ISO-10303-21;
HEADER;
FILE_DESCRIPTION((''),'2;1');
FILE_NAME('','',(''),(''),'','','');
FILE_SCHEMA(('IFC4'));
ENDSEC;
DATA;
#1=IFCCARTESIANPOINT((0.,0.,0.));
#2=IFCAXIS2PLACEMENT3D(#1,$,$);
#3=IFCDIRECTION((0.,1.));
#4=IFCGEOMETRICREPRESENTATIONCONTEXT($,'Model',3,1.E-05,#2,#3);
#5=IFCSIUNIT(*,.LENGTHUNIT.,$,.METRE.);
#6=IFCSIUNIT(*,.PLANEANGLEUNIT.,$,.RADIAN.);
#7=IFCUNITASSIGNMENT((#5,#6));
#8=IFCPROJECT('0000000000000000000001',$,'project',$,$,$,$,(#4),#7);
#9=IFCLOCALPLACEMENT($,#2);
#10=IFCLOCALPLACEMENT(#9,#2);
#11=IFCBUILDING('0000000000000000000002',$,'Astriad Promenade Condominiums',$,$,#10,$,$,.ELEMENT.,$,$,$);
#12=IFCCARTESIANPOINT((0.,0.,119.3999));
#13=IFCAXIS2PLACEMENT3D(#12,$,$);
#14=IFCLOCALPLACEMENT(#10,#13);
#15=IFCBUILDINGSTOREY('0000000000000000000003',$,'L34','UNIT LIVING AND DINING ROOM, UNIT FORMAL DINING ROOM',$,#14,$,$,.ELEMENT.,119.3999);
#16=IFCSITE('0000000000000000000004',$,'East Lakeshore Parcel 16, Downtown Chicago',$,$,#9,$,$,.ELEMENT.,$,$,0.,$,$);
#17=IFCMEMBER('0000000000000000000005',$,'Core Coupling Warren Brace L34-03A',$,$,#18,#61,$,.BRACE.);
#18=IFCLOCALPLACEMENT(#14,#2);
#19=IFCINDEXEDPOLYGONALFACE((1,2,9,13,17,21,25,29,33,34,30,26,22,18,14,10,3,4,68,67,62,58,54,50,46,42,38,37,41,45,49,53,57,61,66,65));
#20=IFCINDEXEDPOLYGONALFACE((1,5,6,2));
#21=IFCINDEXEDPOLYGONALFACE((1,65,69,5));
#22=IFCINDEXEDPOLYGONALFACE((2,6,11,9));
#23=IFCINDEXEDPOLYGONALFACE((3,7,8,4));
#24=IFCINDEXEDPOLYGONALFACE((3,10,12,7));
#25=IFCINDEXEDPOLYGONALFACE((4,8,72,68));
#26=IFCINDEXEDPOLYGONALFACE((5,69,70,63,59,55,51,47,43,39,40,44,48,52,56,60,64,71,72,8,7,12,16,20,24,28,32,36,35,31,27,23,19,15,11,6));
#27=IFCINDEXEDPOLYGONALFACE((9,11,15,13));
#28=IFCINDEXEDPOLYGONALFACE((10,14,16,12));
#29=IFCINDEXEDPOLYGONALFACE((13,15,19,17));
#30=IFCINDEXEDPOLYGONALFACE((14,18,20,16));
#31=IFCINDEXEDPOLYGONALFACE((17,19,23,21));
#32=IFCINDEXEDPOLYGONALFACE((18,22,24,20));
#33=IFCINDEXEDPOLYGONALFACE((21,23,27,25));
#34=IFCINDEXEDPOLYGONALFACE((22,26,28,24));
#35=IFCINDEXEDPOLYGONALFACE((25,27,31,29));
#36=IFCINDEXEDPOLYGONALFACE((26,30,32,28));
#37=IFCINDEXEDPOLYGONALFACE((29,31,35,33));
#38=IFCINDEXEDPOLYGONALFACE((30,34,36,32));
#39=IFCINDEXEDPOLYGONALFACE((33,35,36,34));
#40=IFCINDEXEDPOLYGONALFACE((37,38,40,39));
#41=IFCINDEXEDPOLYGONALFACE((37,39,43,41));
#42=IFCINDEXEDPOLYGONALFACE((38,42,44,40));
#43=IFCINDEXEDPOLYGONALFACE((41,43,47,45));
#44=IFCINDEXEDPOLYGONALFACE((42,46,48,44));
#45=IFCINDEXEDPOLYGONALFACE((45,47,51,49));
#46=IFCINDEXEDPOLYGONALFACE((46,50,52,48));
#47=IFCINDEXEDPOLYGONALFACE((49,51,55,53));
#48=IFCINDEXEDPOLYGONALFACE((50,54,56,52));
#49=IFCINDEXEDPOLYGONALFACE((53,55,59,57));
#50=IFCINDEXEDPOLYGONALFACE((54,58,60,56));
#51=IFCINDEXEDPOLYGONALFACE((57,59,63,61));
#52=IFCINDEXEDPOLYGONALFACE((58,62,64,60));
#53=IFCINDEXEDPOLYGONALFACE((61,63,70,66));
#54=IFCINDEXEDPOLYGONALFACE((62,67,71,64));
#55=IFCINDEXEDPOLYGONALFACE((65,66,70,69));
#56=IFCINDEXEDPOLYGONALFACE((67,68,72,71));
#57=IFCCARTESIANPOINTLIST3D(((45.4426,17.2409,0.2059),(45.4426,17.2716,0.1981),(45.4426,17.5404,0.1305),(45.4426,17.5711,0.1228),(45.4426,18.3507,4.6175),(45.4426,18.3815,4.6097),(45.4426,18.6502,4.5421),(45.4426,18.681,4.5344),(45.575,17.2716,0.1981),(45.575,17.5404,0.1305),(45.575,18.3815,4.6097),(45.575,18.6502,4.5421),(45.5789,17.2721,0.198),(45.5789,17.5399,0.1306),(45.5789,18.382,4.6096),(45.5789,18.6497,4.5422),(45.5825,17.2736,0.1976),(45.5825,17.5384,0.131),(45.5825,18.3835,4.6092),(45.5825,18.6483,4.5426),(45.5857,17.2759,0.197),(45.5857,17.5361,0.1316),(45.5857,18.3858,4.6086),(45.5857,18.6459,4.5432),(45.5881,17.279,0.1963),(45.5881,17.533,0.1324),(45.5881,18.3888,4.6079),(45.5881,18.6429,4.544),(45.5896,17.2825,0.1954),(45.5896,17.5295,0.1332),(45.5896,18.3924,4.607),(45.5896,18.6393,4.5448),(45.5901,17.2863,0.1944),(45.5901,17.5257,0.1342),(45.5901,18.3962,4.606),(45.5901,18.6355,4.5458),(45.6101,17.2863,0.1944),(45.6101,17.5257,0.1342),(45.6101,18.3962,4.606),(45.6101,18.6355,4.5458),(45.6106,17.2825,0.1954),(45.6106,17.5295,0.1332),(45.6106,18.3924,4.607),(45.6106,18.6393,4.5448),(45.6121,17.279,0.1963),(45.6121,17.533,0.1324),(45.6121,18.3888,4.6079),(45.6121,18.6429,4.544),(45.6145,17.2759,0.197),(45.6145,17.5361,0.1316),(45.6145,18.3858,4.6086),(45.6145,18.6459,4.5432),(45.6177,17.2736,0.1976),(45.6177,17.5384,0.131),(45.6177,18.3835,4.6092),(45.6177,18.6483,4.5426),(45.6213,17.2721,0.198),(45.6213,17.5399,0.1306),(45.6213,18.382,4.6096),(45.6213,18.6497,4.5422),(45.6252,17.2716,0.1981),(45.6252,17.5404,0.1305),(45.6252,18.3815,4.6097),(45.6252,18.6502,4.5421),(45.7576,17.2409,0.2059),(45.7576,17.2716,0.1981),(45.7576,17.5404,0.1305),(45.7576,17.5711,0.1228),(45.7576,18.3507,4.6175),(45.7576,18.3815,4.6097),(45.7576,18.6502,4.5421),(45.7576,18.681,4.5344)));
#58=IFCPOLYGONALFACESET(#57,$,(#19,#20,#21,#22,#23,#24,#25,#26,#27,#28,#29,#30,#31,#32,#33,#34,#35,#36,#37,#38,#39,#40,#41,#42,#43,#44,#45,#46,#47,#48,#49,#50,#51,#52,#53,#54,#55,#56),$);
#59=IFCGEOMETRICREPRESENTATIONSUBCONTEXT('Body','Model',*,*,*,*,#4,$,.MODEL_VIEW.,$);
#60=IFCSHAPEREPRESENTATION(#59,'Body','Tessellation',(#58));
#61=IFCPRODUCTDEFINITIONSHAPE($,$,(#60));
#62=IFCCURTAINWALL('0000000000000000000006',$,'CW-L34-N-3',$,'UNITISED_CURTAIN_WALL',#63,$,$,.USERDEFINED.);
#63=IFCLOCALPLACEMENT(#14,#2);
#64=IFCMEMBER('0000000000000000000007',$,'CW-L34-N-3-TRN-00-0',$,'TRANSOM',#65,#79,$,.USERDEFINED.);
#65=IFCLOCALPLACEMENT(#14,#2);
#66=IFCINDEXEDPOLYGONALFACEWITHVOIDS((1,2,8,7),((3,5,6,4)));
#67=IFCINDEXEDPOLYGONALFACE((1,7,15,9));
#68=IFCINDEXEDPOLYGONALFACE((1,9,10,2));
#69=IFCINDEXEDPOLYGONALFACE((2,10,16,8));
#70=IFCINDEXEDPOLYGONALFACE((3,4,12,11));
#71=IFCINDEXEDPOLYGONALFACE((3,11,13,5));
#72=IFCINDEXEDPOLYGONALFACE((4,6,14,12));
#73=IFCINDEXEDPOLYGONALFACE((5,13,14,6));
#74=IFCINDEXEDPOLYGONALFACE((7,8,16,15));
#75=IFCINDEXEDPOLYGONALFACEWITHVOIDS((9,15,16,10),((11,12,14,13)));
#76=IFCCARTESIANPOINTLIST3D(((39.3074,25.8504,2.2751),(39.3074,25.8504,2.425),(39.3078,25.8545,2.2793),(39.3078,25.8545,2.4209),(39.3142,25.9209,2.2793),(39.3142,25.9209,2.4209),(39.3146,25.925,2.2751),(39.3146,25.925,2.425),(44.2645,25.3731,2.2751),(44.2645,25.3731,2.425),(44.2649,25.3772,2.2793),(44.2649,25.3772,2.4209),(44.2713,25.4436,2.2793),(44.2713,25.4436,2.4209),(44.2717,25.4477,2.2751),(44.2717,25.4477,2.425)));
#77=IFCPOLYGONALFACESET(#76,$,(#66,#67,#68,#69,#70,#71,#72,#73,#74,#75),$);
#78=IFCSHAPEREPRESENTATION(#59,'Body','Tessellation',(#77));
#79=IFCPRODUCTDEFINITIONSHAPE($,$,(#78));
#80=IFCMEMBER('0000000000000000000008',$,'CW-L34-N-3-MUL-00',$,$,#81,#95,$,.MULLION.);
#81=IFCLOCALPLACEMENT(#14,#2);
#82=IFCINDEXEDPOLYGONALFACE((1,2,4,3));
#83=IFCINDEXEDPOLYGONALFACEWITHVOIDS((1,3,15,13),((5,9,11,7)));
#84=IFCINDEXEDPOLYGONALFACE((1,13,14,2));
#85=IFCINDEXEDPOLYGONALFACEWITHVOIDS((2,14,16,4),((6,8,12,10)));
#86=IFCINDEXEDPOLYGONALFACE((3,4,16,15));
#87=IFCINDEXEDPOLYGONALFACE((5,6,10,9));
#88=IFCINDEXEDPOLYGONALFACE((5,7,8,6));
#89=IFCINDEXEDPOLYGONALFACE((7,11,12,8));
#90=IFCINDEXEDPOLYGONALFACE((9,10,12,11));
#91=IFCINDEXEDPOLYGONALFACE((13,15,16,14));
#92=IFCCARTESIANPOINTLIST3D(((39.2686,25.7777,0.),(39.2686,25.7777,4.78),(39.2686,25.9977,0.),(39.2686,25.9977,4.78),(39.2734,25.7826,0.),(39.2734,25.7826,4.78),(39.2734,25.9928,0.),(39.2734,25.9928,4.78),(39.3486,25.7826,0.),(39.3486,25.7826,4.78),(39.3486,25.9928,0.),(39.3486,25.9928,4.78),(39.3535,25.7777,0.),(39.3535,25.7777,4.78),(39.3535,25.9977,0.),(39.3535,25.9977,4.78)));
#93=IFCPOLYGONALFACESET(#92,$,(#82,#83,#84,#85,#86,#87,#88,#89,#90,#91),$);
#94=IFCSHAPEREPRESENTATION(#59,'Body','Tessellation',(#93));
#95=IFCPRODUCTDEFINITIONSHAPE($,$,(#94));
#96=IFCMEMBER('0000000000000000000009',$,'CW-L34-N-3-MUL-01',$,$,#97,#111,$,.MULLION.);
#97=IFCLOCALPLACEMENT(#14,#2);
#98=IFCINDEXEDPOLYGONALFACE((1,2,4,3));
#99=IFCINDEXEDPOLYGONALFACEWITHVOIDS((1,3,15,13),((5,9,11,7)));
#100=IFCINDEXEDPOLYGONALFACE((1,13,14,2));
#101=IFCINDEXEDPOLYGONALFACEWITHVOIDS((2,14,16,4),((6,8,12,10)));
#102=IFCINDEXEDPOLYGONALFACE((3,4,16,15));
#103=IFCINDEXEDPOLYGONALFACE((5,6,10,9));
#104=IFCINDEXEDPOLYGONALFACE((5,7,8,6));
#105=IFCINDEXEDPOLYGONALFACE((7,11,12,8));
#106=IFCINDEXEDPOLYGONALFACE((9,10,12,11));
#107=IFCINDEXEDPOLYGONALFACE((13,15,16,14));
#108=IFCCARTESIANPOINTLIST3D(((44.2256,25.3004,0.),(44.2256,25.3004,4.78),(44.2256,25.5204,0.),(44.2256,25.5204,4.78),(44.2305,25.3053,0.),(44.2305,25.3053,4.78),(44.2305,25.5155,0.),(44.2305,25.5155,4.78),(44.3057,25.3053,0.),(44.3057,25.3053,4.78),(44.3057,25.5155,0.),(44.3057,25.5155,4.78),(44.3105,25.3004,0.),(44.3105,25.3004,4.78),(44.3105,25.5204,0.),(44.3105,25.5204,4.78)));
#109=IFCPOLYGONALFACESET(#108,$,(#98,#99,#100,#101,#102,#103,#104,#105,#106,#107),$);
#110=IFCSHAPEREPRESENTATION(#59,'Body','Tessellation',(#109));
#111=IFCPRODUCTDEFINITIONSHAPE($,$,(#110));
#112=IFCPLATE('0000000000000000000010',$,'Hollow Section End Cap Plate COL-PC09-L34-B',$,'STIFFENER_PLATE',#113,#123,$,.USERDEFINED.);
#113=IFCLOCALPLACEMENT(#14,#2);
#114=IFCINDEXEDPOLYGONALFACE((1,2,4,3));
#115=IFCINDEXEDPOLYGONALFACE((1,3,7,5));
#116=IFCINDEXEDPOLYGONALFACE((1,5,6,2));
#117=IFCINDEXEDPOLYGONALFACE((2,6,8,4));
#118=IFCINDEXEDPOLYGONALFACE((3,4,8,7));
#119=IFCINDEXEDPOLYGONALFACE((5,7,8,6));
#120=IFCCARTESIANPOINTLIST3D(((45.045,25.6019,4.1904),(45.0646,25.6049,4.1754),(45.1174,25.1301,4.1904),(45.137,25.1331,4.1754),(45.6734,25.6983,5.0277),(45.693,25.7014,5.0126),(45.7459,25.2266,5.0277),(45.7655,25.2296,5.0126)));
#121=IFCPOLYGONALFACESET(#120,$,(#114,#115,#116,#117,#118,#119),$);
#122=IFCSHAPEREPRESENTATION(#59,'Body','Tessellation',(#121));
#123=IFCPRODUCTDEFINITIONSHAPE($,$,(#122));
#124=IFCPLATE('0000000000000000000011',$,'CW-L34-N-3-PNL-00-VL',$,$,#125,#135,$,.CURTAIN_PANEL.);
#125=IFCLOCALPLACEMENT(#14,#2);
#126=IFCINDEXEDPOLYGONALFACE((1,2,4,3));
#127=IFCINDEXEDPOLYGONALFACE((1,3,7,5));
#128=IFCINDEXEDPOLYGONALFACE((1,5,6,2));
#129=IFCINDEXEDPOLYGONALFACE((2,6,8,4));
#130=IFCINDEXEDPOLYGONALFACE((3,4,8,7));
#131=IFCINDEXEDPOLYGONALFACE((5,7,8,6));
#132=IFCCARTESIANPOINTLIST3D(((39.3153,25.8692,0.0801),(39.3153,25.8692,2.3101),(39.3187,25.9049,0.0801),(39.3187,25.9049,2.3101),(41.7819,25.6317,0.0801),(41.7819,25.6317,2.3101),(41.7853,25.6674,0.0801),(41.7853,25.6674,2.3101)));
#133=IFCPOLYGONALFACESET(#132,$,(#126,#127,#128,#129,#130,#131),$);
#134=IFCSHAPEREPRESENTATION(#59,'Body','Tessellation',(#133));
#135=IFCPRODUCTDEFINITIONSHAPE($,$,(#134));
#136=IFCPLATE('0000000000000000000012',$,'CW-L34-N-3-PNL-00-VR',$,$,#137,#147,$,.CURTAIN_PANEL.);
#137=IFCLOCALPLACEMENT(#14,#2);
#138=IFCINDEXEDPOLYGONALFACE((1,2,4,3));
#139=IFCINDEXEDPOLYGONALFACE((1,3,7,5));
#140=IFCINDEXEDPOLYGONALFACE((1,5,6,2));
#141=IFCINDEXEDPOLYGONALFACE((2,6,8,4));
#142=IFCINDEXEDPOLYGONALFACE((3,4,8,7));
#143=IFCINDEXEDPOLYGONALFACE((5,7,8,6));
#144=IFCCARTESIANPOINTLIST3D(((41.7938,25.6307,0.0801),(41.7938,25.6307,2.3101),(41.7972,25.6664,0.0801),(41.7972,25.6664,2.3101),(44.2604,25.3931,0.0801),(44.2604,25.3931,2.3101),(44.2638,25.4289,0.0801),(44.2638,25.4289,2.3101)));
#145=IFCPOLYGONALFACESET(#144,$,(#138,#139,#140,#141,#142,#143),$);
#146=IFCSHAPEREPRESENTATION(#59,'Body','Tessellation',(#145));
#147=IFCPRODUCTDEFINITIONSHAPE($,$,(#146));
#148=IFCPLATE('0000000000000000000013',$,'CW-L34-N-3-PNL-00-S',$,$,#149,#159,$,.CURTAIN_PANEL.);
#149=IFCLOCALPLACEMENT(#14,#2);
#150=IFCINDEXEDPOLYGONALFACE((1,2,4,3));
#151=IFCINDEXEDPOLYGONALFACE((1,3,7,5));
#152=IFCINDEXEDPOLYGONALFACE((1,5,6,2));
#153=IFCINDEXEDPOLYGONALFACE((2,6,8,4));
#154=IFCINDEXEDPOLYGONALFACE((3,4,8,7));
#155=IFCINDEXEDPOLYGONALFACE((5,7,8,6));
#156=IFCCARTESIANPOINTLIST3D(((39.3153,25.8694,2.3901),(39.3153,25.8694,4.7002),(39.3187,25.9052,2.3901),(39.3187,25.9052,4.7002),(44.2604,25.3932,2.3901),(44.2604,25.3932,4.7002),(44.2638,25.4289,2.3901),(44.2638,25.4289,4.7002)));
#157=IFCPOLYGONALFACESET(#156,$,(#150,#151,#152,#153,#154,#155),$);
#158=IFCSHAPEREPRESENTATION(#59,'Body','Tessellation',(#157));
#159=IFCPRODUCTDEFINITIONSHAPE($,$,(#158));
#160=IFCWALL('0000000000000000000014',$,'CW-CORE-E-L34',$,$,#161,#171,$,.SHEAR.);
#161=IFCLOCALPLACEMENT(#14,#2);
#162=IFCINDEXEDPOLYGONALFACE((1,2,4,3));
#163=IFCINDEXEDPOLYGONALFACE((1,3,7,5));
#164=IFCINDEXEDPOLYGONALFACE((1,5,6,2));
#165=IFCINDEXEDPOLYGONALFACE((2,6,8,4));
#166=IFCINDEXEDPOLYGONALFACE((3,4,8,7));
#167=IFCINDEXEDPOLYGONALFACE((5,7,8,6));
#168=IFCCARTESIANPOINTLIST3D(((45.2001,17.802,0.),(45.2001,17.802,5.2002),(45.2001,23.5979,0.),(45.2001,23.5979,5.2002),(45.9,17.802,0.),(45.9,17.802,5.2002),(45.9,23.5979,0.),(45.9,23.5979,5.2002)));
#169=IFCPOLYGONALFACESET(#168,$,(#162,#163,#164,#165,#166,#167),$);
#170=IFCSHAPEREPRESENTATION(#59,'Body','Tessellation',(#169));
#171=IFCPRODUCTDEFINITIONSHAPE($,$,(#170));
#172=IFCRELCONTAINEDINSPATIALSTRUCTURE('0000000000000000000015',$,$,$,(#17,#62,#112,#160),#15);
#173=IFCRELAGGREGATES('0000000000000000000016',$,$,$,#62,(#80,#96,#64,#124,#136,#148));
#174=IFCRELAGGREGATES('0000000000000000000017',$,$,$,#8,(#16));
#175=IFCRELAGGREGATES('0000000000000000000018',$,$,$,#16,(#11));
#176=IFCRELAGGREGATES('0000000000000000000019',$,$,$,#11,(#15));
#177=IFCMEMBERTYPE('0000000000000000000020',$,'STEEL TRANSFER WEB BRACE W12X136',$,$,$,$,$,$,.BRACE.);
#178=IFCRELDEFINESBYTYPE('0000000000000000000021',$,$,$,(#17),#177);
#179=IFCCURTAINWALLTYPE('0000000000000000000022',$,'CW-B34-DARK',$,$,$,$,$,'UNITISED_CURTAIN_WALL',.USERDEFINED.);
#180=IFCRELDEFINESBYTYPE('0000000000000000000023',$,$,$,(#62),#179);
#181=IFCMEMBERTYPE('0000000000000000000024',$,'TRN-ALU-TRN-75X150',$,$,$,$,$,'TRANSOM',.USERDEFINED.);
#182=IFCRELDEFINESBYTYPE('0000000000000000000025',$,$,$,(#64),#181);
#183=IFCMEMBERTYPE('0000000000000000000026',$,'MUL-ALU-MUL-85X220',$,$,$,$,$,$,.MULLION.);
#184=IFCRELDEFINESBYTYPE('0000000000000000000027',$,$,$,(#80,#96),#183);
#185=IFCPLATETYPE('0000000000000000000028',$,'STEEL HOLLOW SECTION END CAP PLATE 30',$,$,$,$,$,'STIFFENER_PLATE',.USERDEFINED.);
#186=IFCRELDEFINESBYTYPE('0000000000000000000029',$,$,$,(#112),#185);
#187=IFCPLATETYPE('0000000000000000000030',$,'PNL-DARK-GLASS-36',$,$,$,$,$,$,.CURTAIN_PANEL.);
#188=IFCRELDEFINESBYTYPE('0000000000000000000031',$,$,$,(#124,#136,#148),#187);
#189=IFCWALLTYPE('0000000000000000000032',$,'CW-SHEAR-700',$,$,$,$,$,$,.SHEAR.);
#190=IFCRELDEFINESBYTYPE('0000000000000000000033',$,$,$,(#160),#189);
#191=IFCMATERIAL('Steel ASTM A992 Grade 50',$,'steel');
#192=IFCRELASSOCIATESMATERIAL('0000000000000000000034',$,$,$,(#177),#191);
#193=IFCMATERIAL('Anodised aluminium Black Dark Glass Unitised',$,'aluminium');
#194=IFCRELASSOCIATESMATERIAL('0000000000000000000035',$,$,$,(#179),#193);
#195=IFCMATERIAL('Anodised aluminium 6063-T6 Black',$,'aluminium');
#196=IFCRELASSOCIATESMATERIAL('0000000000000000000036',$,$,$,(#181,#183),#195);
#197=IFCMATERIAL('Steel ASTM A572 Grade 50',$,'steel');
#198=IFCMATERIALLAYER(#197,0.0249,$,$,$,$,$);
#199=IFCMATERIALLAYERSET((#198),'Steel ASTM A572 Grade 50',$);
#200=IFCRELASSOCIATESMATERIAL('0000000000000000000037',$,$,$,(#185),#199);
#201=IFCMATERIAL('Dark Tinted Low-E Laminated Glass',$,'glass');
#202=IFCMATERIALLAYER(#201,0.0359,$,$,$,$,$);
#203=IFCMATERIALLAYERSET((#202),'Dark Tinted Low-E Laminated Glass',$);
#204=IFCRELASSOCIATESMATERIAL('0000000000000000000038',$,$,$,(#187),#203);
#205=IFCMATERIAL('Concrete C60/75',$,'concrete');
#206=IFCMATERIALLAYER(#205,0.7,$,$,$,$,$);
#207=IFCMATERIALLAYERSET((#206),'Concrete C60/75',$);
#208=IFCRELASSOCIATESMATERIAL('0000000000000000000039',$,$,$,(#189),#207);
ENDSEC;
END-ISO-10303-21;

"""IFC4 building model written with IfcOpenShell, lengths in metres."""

from ifc_helpers import new_model, si_unit, direction, frame, frame_2d, origin, origin_2d, place, context, subcontext, project, spatial, rectangle, hollow_rectangle, i_section, extrude, source, transform, mapped, material, layer, layer_set, material_profile, profile_set, type_object, type_shapes, element, aggregate, save


model = new_model("IFC4")

# Units and contexts
model_context = context("Model", 3, precision=1e-05, world=origin(), true_north=direction((0.0, 1.0)))
body_context = subcontext(model_context, "Body", "Model", "MODEL_VIEW")
ifc_project = project(units=[si_unit("LENGTHUNIT", "METRE"), si_unit("PLANEANGLEUNIT", "RADIAN")], contexts=[model_context])

# Site, building, storey
site_placement = place(None, origin())
site = spatial("IfcSite", under=ifc_project, at=site_placement, Name="East Lakeshore Parcel 16, Downtown Chicago", CompositionType="ELEMENT", RefElevation=0.0)
building_placement = place(site_placement, origin())
building = spatial("IfcBuilding", under=site, at=building_placement, Name="Astriad Promenade Condominiums", CompositionType="ELEMENT")
storey_placement = place(building_placement, frame((0.0, 0.0, 119.3999)))
storey = spatial("IfcBuildingStorey", under=building, at=storey_placement, Name="L34", Description="UNIT LIVING AND DINING ROOM, UNIT FORMAL DINING ROOM", CompositionType="ELEMENT", Elevation=119.3999)

# Shared definitions
ifc_material_1 = material(Name="Steel ASTM A992 Grade 50", Category="steel")

# Member
ifc_material_profile_1 = material_profile(ifc_material_1, i_section(OverallWidth=0.3149, OverallDepth=0.3406, WebThickness=0.02, FlangeThickness=0.0317, FilletRadius=0.0151, at=origin_2d()), Name="W12X136")
ifc_profile_set_1 = profile_set([ifc_material_profile_1], Name="Steel ASTM A992 Grade 50")
member_type_1 = type_object("IfcMemberType", Name="STEEL TRANSFER WEB BRACE W12X136", PredefinedType="BRACE", material=ifc_profile_set_1)
shared_shape_1 = source(origin(), body_context, "Body", "SweptSolid", [
    extrude(i_section(OverallWidth=0.3149, OverallDepth=0.3406, WebThickness=0.02, FlangeThickness=0.0317, FilletRadius=0.0151, at=origin_2d()), origin(), (0.0, 0.0, 1.0), 4.5491),
])
type_shapes(member_type_1, [shared_shape_1])
member_1_placement = place(storey_placement, frame((45.6001, 17.406, 0.1643), z_axis=(0.0, 0.243975, 0.969782), x_axis=(-1.0, 0.0, 0.0)))
element("IfcMember", 1, at=member_1_placement, inside=storey, type_object=member_type_1, Name="Core Coupling Warren Brace L34-03A", PredefinedType="BRACE", context=body_context, shape_type="MappedRepresentation", body=[
    mapped(shared_shape_1, transform((0.0, 0.0, 0.0), scale=1.0)),
])

# Curtain wall, members
ifc_material_2 = material(Name="Anodised aluminium Black Dark Glass Unitised", Category="aluminium")
curtain_wall_type = type_object("IfcCurtainWallType", Name="CW-B34-DARK", ElementType="UNITISED_CURTAIN_WALL", PredefinedType="USERDEFINED", material=ifc_material_2)
curtain_wall_placement = place(storey_placement, origin())
curtain_wall = element("IfcCurtainWall", 2, at=curtain_wall_placement, inside=storey, type_object=curtain_wall_type, Name="CW-L34-N-3", ObjectType="UNITISED_CURTAIN_WALL", PredefinedType="USERDEFINED")
ifc_material_3 = material(Name="Anodised aluminium 6063-T6 Black", Category="aluminium")
ifc_material_profile_2 = material_profile(ifc_material_3, hollow_rectangle(XDim=0.075, YDim=0.1499, WallThickness=0.0042, at=origin_2d()), Name="ALU-TRN-75X150")
ifc_profile_set_2 = profile_set([ifc_material_profile_2], Name="Anodised aluminium 6063-T6 Black")
member_type_2 = type_object("IfcMemberType", Name="TRN-ALU-TRN-75X150", ElementType="TRANSOM", PredefinedType="USERDEFINED", material=ifc_profile_set_2)
shared_shape_2 = source(origin(), body_context, "Body", "SweptSolid", [
    extrude(hollow_rectangle(XDim=0.075, YDim=0.1499, WallThickness=0.0042, at=origin_2d()), origin(), (0.0, 0.0, 1.0), 4.98),
])
type_shapes(member_type_2, [shared_shape_2])
member_2_placement = place(storey_placement, frame((39.311, 25.8877, 2.3501), z_axis=(0.995396, -0.095843, 0.0), x_axis=(0.095843, 0.995396, 0.0)))
member_2 = element("IfcMember", 3, at=member_2_placement, type_object=member_type_2, Name="CW-L34-N-3-TRN-00-0", ObjectType="TRANSOM", PredefinedType="USERDEFINED", context=body_context, shape_type="MappedRepresentation", body=[
    mapped(shared_shape_2, transform((0.0, 0.0, 0.0), scale=1.0)),
])
ifc_material_profile_3 = material_profile(ifc_material_3, hollow_rectangle(XDim=0.085, YDim=0.22, WallThickness=0.0049, at=origin_2d()), Name="ALU-MUL-85X220")
ifc_profile_set_3 = profile_set([ifc_material_profile_3], Name="Anodised aluminium 6063-T6 Black")
member_type_3 = type_object("IfcMemberType", Name="MUL-ALU-MUL-85X220", PredefinedType="MULLION", material=ifc_profile_set_3)
shared_shape_3 = source(origin(), body_context, "Body", "SweptSolid", [
    extrude(hollow_rectangle(XDim=0.085, YDim=0.22, WallThickness=0.0049, at=origin_2d()), origin(), (0.0, 0.0, 1.0), 4.78),
])
type_shapes(member_type_3, [shared_shape_3])
member_3_placement = place(storey_placement, frame((39.311, 25.8877, 0.0), z_axis=(0.0, 0.0, 1.0), x_axis=(1.0, 0.0, 0.0)))
member_3 = element("IfcMember", 4, at=member_3_placement, type_object=member_type_3, Name="CW-L34-N-3-MUL-00", PredefinedType="MULLION", context=body_context, shape_type="MappedRepresentation", body=[
    mapped(shared_shape_3, transform((0.0, 0.0, 0.0), scale=1.0)),
])
member_4_placement = place(storey_placement, frame((44.2681, 25.4104, 0.0), z_axis=(0.0, 0.0, 1.0), x_axis=(1.0, 0.0, 0.0)))
member_4 = element("IfcMember", 5, at=member_4_placement, type_object=member_type_3, Name="CW-L34-N-3-MUL-01", PredefinedType="MULLION", context=body_context, shape_type="MappedRepresentation", body=[
    mapped(shared_shape_3, transform((0.0, 0.0, 0.0), scale=1.0)),
])

# Plates
ifc_material_4 = material(Name="Steel ASTM A572 Grade 50", Category="steel")
ifc_layer_1 = layer(ifc_material_4, 0.0249)
ifc_layer_set_1 = layer_set([ifc_layer_1], Name="Steel ASTM A572 Grade 50")
plate_type_1 = type_object("IfcPlateType", Name="STEEL HOLLOW SECTION END CAP PLATE 30", ElementType="STIFFENER_PLATE", PredefinedType="USERDEFINED", material=ifc_layer_set_1)
shared_shape_4 = source(origin(), body_context, "Body", "SweptSolid", [
    extrude(rectangle(XDim=0.4773, YDim=1.0513, at=origin_2d()), origin(), (0.0, 0.0, 1.0), 0.0249),
])
type_shapes(plate_type_1, [shared_shape_4])
plate_1_placement = place(storey_placement, frame((45.415, 25.4172, 4.594), z_axis=(-0.787175, -0.120829, 0.604778), x_axis=(0.151721, -0.988423, 0.0)))
element("IfcPlate", 6, at=plate_1_placement, inside=storey, type_object=plate_type_1, Name="Hollow Section End Cap Plate COL-PC09-L34-B", ObjectType="STIFFENER_PLATE", PredefinedType="USERDEFINED", context=body_context, shape_type="MappedRepresentation", body=[
    mapped(shared_shape_4, transform((0.0, 0.0, 0.0), scale=1.0)),
])
ifc_material_5 = material(Name="Dark Tinted Low-E Laminated Glass", Category="glass")
ifc_layer_2 = layer(ifc_material_5, 0.0359)
ifc_layer_set_2 = layer_set([ifc_layer_2], Name="Dark Tinted Low-E Laminated Glass")
plate_type_2 = type_object("IfcPlateType", Name="PNL-DARK-GLASS-36", PredefinedType="CURTAIN_PANEL", material=ifc_layer_set_2)
shared_shape_5 = source(origin(), body_context, "Body", "SweptSolid", [
    extrude(rectangle(XDim=2.478, YDim=0.0359, at=origin_2d()), origin(), (0.0, 0.0, 1.0), 2.23),
])
plate_2_placement = place(storey_placement, frame((40.5503, 25.7683, 0.0801), z_axis=(0.0, 0.0, 1.0), x_axis=(0.995395, -0.095863, 0.0)))
plate_2 = element("IfcPlate", 7, at=plate_2_placement, type_object=plate_type_2, Name="CW-L34-N-3-PNL-00-VL", PredefinedType="CURTAIN_PANEL", context=body_context, shape_type="MappedRepresentation", body=[
    mapped(shared_shape_5, transform((0.0, 0.0, 0.0), scale=1.0)),
])
plate_3_placement = place(storey_placement, frame((43.0288, 25.5298, 0.0801), z_axis=(0.0, 0.0, 1.0), x_axis=(0.995395, -0.095863, 0.0)))
plate_3 = element("IfcPlate", 8, at=plate_3_placement, type_object=plate_type_2, Name="CW-L34-N-3-PNL-00-VR", PredefinedType="CURTAIN_PANEL", context=body_context, shape_type="MappedRepresentation", body=[
    mapped(shared_shape_5, transform((0.0, 0.0, 0.0), scale=1.0)),
])
shared_shape_6 = source(origin(), body_context, "Body", "SweptSolid", [
    extrude(rectangle(XDim=4.968, YDim=0.0359, at=origin_2d()), origin(), (0.0, 0.0, 1.0), 2.3101),
])
type_shapes(plate_type_2, [shared_shape_5, shared_shape_6])
plate_4_placement = place(storey_placement, frame((41.7896, 25.6492, 2.3901), z_axis=(0.0, 0.0, 1.0), x_axis=(0.995395, -0.095863, 0.0)))
plate_4 = element("IfcPlate", 9, at=plate_4_placement, type_object=plate_type_2, Name="CW-L34-N-3-PNL-00-S", PredefinedType="CURTAIN_PANEL", context=body_context, shape_type="MappedRepresentation", body=[
    mapped(shared_shape_6, transform((0.0, 0.0, 0.0), scale=1.0)),
])
aggregate(curtain_wall, [member_3, member_4, member_2, plate_2, plate_3, plate_4])

# Wall
ifc_material_6 = material(Name="Concrete C60/75", Category="concrete")
ifc_layer_3 = layer(ifc_material_6, 0.7)
ifc_layer_set_3 = layer_set([ifc_layer_3], Name="Concrete C60/75")
wall_type_1 = type_object("IfcWallType", Name="CW-SHEAR-700", PredefinedType="SHEAR", material=ifc_layer_set_3)
wall_1_placement = place(storey_placement, frame((45.55, 17.802, 0.0), z_axis=(0.0, 0.0, 1.0), x_axis=(0.0, 1.0, 0.0)))
element("IfcWall", 10, at=wall_1_placement, inside=storey, type_object=wall_type_1, Name="CW-CORE-E-L34", PredefinedType="SHEAR", context=body_context, shape_type="SweptSolid", body=[
    extrude(rectangle(XDim=5.7959, YDim=0.7, at=frame_2d((2.8979, 0.0))), origin(), (0.0, 0.0, 1.0), 5.2002),
])

save(model, "model.ifc")
